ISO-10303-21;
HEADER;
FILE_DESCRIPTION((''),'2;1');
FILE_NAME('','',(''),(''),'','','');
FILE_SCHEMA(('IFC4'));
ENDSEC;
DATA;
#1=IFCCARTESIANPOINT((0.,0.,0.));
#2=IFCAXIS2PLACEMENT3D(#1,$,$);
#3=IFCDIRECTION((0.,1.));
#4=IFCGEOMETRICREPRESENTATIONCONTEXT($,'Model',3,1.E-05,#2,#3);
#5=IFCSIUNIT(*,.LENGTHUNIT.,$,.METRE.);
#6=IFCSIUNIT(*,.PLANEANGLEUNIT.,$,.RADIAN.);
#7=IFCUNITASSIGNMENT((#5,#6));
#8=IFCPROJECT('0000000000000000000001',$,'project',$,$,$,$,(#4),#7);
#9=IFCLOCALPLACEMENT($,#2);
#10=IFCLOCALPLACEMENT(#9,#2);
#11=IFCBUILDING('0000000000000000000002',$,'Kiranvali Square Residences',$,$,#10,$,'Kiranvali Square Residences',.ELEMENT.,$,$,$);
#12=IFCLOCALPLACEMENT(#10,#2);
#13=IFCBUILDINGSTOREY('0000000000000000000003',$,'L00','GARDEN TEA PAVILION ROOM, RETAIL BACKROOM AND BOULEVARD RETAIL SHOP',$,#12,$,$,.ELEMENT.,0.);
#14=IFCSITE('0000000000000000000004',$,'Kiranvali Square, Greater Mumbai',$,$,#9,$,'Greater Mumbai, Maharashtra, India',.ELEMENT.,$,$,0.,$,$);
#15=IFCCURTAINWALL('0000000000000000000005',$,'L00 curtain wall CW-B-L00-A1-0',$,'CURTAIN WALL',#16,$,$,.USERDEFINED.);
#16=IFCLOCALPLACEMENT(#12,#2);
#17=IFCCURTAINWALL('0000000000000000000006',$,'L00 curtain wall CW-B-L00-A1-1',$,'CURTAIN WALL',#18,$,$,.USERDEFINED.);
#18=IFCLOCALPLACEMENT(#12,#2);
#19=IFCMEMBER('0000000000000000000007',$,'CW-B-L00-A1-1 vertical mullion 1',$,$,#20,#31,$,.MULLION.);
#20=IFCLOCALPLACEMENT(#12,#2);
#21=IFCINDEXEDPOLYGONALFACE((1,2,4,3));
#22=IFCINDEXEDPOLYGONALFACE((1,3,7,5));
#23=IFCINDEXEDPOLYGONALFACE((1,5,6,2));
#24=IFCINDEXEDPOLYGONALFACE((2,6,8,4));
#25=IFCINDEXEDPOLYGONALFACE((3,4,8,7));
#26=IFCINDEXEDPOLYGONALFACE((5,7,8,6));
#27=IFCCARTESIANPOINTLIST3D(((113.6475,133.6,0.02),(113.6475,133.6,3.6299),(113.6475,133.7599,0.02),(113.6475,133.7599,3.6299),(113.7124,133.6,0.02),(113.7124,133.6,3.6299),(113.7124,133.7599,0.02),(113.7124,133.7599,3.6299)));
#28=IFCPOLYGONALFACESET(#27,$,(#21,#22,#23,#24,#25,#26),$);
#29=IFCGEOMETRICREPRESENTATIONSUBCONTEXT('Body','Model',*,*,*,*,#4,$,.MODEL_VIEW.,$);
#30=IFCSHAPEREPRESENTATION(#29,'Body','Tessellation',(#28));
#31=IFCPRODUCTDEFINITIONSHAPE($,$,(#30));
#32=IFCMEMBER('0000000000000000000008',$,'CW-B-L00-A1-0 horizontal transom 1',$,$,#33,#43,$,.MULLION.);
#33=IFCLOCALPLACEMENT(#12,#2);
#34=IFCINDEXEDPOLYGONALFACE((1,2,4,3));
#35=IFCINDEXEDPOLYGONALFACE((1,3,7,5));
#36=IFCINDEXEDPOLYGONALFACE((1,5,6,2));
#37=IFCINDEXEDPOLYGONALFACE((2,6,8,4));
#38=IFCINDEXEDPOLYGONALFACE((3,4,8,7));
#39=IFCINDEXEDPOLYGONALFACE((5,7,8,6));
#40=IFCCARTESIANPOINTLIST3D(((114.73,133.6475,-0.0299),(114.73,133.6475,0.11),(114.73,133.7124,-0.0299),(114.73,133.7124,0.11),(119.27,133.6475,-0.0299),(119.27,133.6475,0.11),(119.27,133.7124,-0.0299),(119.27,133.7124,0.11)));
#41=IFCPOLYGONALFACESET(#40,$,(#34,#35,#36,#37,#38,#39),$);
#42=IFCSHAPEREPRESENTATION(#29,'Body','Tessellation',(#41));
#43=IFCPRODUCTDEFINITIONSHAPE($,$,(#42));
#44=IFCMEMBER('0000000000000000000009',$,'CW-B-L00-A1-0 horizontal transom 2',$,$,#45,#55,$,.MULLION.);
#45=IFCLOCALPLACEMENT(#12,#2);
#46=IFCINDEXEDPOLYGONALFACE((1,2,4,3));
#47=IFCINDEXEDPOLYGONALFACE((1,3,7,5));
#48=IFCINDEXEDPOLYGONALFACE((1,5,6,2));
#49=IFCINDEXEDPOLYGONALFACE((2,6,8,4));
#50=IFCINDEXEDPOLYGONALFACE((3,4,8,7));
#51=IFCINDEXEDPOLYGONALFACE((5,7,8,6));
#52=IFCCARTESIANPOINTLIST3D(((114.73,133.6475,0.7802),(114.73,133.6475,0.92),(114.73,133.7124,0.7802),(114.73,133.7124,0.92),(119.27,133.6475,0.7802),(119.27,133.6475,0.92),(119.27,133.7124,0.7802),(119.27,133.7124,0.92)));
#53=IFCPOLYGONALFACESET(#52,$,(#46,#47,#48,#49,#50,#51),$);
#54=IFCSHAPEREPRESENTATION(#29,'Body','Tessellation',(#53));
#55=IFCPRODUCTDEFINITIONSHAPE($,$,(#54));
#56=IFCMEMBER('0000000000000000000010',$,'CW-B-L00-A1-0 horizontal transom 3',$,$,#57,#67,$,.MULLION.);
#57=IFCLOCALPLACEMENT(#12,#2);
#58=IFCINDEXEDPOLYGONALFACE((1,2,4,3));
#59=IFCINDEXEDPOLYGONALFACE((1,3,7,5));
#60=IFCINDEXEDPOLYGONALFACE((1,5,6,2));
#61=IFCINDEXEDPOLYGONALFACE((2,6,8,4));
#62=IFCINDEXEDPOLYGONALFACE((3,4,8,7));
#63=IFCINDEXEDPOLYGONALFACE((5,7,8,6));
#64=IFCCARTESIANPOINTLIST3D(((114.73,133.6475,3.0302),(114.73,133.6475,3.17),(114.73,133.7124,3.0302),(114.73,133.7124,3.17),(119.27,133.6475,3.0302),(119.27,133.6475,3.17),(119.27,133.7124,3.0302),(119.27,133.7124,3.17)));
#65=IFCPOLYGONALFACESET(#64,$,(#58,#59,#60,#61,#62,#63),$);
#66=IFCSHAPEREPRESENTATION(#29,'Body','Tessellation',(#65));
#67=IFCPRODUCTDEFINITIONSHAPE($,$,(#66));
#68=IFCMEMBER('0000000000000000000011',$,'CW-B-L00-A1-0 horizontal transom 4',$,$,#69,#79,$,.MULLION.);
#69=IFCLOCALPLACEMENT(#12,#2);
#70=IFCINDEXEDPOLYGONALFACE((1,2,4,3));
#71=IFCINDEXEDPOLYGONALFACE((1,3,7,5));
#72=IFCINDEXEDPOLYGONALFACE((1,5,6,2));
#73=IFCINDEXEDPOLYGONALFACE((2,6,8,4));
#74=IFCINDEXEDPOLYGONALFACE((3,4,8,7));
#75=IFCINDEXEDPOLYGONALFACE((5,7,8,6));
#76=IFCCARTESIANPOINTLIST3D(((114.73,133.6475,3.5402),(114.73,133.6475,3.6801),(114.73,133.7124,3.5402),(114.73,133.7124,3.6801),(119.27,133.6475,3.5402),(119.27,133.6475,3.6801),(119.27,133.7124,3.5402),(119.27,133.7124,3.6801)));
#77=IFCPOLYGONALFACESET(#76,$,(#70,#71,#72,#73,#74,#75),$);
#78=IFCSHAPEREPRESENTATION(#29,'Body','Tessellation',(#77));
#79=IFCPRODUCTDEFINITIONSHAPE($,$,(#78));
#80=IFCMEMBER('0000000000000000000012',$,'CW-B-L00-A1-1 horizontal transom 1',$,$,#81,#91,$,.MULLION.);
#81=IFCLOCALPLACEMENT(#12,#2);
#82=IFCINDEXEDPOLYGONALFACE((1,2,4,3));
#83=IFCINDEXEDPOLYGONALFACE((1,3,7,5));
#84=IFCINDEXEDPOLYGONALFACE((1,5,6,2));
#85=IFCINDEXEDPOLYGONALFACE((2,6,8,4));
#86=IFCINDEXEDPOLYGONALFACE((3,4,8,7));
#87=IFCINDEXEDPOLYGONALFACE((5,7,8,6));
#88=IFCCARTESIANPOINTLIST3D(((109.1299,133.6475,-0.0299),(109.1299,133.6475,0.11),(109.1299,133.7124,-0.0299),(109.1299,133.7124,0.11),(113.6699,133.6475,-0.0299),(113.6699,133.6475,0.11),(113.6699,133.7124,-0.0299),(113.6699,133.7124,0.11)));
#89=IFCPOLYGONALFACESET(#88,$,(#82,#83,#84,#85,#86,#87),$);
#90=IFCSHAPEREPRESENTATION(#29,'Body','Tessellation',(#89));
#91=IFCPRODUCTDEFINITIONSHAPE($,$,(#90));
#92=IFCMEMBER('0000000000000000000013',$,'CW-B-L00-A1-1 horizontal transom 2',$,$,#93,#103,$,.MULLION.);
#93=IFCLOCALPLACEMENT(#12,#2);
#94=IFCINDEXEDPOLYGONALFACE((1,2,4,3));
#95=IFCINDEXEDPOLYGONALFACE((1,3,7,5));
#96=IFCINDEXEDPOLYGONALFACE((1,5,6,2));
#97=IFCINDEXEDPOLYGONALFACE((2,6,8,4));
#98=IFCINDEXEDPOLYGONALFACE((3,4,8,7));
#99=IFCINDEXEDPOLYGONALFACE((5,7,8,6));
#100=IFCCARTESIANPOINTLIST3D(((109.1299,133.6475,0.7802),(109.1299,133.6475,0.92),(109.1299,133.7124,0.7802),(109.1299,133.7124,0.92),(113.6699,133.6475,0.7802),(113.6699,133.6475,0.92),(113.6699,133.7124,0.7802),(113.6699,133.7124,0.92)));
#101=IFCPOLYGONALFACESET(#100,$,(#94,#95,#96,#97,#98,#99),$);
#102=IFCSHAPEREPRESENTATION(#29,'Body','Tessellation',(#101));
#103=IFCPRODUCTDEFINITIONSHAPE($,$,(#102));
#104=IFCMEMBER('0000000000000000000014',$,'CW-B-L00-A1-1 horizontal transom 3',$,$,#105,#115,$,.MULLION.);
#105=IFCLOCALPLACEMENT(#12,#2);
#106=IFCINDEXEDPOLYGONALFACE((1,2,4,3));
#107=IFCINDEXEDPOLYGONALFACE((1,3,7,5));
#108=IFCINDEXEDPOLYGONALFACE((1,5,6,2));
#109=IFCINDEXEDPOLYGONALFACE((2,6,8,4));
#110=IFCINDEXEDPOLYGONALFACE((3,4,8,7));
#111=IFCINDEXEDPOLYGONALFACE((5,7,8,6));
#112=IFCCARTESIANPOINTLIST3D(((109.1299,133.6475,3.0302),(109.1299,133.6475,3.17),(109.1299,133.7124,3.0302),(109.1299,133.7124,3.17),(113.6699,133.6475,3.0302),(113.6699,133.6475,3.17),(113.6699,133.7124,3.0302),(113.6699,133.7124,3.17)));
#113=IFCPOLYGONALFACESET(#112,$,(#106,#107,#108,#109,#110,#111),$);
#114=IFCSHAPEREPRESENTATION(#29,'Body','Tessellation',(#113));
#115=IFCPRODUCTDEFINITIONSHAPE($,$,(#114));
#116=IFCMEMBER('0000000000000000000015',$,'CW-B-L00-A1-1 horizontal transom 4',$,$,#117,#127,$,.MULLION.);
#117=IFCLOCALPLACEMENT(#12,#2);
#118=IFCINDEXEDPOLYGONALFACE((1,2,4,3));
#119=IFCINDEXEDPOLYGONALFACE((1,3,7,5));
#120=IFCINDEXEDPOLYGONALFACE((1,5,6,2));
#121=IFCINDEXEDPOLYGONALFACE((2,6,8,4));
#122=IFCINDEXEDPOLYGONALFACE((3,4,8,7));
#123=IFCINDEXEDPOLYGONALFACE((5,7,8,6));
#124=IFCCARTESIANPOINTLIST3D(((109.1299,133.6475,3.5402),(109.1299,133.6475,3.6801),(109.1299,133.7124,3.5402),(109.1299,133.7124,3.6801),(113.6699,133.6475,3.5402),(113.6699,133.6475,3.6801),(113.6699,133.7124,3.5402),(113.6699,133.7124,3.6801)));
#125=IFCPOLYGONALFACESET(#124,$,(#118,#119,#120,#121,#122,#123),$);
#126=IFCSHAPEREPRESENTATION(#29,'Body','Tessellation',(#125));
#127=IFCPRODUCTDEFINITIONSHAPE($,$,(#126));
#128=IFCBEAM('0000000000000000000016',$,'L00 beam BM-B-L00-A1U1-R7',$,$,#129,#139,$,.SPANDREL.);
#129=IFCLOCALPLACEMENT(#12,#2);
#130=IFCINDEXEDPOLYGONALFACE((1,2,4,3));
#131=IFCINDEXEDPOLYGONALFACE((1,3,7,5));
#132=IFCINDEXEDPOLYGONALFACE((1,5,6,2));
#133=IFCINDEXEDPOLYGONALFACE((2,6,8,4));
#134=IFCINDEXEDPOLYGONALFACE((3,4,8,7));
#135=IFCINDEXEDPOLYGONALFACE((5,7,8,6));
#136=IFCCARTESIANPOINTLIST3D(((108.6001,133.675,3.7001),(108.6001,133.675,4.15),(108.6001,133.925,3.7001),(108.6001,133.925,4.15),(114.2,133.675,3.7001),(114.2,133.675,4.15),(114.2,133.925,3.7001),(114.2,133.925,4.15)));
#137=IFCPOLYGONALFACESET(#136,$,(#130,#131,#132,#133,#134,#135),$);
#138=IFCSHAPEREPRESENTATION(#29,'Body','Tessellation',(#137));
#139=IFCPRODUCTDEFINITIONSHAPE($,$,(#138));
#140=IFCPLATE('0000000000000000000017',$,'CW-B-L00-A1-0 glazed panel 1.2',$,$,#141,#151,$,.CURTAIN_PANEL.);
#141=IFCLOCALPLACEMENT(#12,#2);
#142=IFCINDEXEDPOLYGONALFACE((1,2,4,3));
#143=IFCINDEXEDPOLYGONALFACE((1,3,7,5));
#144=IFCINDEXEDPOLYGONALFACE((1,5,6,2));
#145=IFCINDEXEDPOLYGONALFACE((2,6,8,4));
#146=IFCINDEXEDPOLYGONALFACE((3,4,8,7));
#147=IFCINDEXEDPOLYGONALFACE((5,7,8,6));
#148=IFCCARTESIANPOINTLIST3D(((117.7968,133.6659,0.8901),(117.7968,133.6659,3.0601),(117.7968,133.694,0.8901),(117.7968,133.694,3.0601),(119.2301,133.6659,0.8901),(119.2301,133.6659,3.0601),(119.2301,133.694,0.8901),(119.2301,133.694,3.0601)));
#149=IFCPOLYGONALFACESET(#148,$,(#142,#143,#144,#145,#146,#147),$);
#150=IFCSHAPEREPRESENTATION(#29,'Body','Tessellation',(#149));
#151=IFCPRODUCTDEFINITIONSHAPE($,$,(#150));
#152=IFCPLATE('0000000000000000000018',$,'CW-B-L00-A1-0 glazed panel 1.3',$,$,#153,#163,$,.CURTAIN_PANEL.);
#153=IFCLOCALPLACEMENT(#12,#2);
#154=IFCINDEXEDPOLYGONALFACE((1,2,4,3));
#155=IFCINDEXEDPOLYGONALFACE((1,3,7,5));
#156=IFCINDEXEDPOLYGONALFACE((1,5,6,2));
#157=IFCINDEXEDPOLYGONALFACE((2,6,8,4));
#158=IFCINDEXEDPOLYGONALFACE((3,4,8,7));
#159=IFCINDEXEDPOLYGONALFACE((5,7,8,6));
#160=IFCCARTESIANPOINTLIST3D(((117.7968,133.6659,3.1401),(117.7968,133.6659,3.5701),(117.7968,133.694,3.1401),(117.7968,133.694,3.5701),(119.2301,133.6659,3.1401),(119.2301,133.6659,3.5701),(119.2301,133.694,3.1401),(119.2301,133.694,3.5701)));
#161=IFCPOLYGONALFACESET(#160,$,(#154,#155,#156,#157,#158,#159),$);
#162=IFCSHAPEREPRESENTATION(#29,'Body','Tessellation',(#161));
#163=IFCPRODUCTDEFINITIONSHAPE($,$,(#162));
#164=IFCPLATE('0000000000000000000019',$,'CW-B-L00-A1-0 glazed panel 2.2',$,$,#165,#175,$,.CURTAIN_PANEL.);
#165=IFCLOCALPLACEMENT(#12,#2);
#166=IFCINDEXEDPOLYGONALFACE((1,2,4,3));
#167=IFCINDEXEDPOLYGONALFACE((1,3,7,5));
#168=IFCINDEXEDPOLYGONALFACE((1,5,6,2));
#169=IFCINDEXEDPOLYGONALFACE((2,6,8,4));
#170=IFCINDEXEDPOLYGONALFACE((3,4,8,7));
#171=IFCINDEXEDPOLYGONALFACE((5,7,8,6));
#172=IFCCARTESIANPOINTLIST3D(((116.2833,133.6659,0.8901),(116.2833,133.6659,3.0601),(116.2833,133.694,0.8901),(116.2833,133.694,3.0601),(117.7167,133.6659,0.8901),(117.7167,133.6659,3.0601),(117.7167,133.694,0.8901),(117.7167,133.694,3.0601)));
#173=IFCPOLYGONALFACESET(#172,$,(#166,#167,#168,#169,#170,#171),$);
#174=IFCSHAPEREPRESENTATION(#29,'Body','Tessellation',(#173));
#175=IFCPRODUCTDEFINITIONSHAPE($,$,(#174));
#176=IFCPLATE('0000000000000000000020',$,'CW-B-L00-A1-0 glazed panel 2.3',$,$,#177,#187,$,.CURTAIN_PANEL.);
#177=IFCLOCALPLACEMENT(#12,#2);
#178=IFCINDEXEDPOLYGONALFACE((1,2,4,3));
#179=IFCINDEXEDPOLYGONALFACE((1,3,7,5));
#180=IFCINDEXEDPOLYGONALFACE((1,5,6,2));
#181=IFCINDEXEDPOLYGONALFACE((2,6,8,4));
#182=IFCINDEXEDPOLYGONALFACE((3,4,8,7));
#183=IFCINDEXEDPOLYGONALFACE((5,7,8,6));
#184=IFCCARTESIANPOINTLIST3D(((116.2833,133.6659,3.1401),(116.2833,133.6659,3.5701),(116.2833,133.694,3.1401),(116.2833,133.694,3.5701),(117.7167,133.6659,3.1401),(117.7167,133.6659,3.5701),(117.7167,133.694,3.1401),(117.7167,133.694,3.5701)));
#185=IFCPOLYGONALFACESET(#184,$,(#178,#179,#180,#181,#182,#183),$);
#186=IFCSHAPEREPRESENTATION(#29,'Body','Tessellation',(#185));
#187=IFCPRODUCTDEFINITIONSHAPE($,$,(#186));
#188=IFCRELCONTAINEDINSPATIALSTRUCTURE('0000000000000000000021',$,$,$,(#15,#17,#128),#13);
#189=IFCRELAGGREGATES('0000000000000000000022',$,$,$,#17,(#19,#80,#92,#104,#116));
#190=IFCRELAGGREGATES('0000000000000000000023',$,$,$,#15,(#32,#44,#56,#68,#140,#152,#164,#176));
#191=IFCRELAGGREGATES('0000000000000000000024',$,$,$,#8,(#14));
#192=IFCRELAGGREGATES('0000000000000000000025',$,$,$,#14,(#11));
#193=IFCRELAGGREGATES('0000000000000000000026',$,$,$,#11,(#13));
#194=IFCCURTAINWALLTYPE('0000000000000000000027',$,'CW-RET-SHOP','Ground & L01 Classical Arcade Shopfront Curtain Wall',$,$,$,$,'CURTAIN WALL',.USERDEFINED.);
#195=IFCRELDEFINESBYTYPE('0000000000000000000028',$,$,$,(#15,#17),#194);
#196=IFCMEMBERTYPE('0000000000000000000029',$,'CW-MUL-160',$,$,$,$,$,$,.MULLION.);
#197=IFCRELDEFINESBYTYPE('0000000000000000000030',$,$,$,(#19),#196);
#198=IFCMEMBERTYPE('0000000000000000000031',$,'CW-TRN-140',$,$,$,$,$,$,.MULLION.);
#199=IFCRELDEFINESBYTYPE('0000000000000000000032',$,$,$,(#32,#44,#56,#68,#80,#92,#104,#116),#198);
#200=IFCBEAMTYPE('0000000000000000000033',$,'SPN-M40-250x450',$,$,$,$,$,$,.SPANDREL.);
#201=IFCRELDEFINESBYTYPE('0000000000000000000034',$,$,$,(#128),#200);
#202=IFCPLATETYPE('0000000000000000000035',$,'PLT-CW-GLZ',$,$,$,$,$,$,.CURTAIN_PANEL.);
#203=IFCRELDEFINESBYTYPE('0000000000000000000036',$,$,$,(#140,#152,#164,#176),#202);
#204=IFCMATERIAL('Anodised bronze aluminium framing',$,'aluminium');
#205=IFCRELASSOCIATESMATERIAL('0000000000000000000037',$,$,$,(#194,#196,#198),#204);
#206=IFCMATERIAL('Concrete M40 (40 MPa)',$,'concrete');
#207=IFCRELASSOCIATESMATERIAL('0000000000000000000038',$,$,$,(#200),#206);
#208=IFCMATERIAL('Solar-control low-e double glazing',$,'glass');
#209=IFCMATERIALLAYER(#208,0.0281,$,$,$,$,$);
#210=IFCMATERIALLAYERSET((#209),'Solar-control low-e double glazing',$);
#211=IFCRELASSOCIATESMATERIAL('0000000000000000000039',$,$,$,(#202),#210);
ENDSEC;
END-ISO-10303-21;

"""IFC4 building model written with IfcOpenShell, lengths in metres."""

from ifc_helpers import new_model, si_unit, direction, frame, origin, origin_2d, place, context, subcontext, project, spatial, rectangle, extrude, material, layer, layer_set, material_profile, profile_set, type_object, element, aggregate, save


model = new_model("IFC4")

# Units and contexts
model_context = context("Model", 3, precision=1e-05, world=origin(), true_north=direction((0.0, 1.0)))
body_context = subcontext(model_context, "Body", "Model", "MODEL_VIEW")
ifc_project = project(units=[si_unit("LENGTHUNIT", "METRE"), si_unit("PLANEANGLEUNIT", "RADIAN")], contexts=[model_context])

# Site, building, storey
site_placement = place(None, origin())
site = spatial("IfcSite", under=ifc_project, at=site_placement, Name="Kiranvali Square, Greater Mumbai", LongName="Greater Mumbai, Maharashtra, India", CompositionType="ELEMENT", RefElevation=0.0)
building_placement = place(site_placement, origin())
building = spatial("IfcBuilding", under=site, at=building_placement, Name="Kiranvali Square Residences", LongName="Kiranvali Square Residences", CompositionType="ELEMENT")
storey_placement = place(building_placement, origin())
storey = spatial("IfcBuildingStorey", under=building, at=storey_placement, Name="L00", Description="GARDEN TEA PAVILION ROOM, RETAIL BACKROOM AND BOULEVARD RETAIL SHOP", CompositionType="ELEMENT", Elevation=0.0)

# Curtain wall
ifc_material_1 = material(Name="Anodised bronze aluminium framing", Category="aluminium")
curtain_wall_type = type_object("IfcCurtainWallType", Name="CW-RET-SHOP", Description="Ground & L01 Classical Arcade Shopfront Curtain Wall", ElementType="CURTAIN WALL", PredefinedType="USERDEFINED", material=ifc_material_1)
curtain_wall_1_placement = place(storey_placement, origin())
curtain_wall_1 = element("IfcCurtainWall", 1, at=curtain_wall_1_placement, inside=storey, type_object=curtain_wall_type, Name="L00 curtain wall CW-B-L00-A1-0", ObjectType="CURTAIN WALL", PredefinedType="USERDEFINED")
ifc_material_profile_1 = material_profile(ifc_material_1, rectangle(XDim=0.0649, YDim=0.1599, at=origin_2d()), Name="ALU 65x160")
ifc_profile_set_1 = profile_set([ifc_material_profile_1], Name="Anodised bronze aluminium framing")
member_type_1 = type_object("IfcMemberType", Name="CW-MUL-160", PredefinedType="MULLION", material=ifc_profile_set_1)

# Curtain wall, member
curtain_wall_2_placement = place(storey_placement, origin())
curtain_wall_2 = element("IfcCurtainWall", 2, at=curtain_wall_2_placement, inside=storey, type_object=curtain_wall_type, Name="L00 curtain wall CW-B-L00-A1-1", ObjectType="CURTAIN WALL", PredefinedType="USERDEFINED")
member_1_placement = place(storey_placement, frame((113.6799, 133.6799, 0.02), z_axis=(0.0, 0.0, 1.0), x_axis=(-1.0, 0.0, 0.0)))
member_1 = element("IfcMember", 3, at=member_1_placement, type_object=member_type_1, Name="CW-B-L00-A1-1 vertical mullion 1", PredefinedType="MULLION", context=body_context, shape_type="SweptSolid", body=[
    extrude(rectangle(XDim=0.0649, YDim=0.1599, at=origin_2d()), origin(), (0.0, 0.0, 1.0), 3.6099),
])

# Members
ifc_material_profile_2 = material_profile(ifc_material_1, rectangle(XDim=0.0649, YDim=0.1399, at=origin_2d()), Name="ALU 65x140")
ifc_profile_set_2 = profile_set([ifc_material_profile_2], Name="Anodised bronze aluminium framing")
member_type_2 = type_object("IfcMemberType", Name="CW-TRN-140", PredefinedType="MULLION", material=ifc_profile_set_2)
member_2_placement = place(storey_placement, frame((119.27, 133.6799, 0.04), z_axis=(-1.0, 0.0, 0.0), x_axis=(0.0, -1.0, 0.0)))
member_2 = element("IfcMember", 4, at=member_2_placement, type_object=member_type_2, Name="CW-B-L00-A1-0 horizontal transom 1", PredefinedType="MULLION", context=body_context, shape_type="SweptSolid", body=[
    extrude(rectangle(XDim=0.0649, YDim=0.1399, at=origin_2d()), origin(), (0.0, 0.0, 1.0), 4.54),
])
member_3_placement = place(storey_placement, frame((119.27, 133.6799, 0.8501), z_axis=(-1.0, 0.0, 0.0), x_axis=(0.0, -1.0, 0.0)))
member_3 = element("IfcMember", 5, at=member_3_placement, type_object=member_type_2, Name="CW-B-L00-A1-0 horizontal transom 2", PredefinedType="MULLION", context=body_context, shape_type="SweptSolid", body=[
    extrude(rectangle(XDim=0.0649, YDim=0.1399, at=origin_2d()), origin(), (0.0, 0.0, 1.0), 4.54),
])
member_4_placement = place(storey_placement, frame((119.27, 133.6799, 3.1001), z_axis=(-1.0, 0.0, 0.0), x_axis=(0.0, -1.0, 0.0)))
member_4 = element("IfcMember", 6, at=member_4_placement, type_object=member_type_2, Name="CW-B-L00-A1-0 horizontal transom 3", PredefinedType="MULLION", context=body_context, shape_type="SweptSolid", body=[
    extrude(rectangle(XDim=0.0649, YDim=0.1399, at=origin_2d()), origin(), (0.0, 0.0, 1.0), 4.54),
])
member_5_placement = place(storey_placement, frame((119.27, 133.6799, 3.6101), z_axis=(-1.0, 0.0, 0.0), x_axis=(0.0, -1.0, 0.0)))
member_5 = element("IfcMember", 7, at=member_5_placement, type_object=member_type_2, Name="CW-B-L00-A1-0 horizontal transom 4", PredefinedType="MULLION", context=body_context, shape_type="SweptSolid", body=[
    extrude(rectangle(XDim=0.0649, YDim=0.1399, at=origin_2d()), origin(), (0.0, 0.0, 1.0), 4.54),
])
member_6_placement = place(storey_placement, frame((113.6699, 133.6799, 0.04), z_axis=(-1.0, 0.0, 0.0), x_axis=(0.0, -1.0, 0.0)))
member_6 = element("IfcMember", 8, at=member_6_placement, type_object=member_type_2, Name="CW-B-L00-A1-1 horizontal transom 1", PredefinedType="MULLION", context=body_context, shape_type="SweptSolid", body=[
    extrude(rectangle(XDim=0.0649, YDim=0.1399, at=origin_2d()), origin(), (0.0, 0.0, 1.0), 4.54),
])
member_7_placement = place(storey_placement, frame((113.6699, 133.6799, 0.8501), z_axis=(-1.0, 0.0, 0.0), x_axis=(0.0, -1.0, 0.0)))
member_7 = element("IfcMember", 9, at=member_7_placement, type_object=member_type_2, Name="CW-B-L00-A1-1 horizontal transom 2", PredefinedType="MULLION", context=body_context, shape_type="SweptSolid", body=[
    extrude(rectangle(XDim=0.0649, YDim=0.1399, at=origin_2d()), origin(), (0.0, 0.0, 1.0), 4.54),
])
member_8_placement = place(storey_placement, frame((113.6699, 133.6799, 3.1001), z_axis=(-1.0, 0.0, 0.0), x_axis=(0.0, -1.0, 0.0)))
member_8 = element("IfcMember", 10, at=member_8_placement, type_object=member_type_2, Name="CW-B-L00-A1-1 horizontal transom 3", PredefinedType="MULLION", context=body_context, shape_type="SweptSolid", body=[
    extrude(rectangle(XDim=0.0649, YDim=0.1399, at=origin_2d()), origin(), (0.0, 0.0, 1.0), 4.54),
])
member_9_placement = place(storey_placement, frame((113.6699, 133.6799, 3.6101), z_axis=(-1.0, 0.0, 0.0), x_axis=(0.0, -1.0, 0.0)))
member_9 = element("IfcMember", 11, at=member_9_placement, type_object=member_type_2, Name="CW-B-L00-A1-1 horizontal transom 4", PredefinedType="MULLION", context=body_context, shape_type="SweptSolid", body=[
    extrude(rectangle(XDim=0.0649, YDim=0.1399, at=origin_2d()), origin(), (0.0, 0.0, 1.0), 4.54),
])
aggregate(curtain_wall_2, [member_1, member_6, member_7, member_8, member_9])

# Beam
ifc_material_2 = material(Name="Concrete M40 (40 MPa)", Category="concrete")
ifc_material_profile_3 = material_profile(ifc_material_2, rectangle(XDim=0.25, YDim=0.45, at=origin_2d()), Name="RC 250x450")
ifc_profile_set_3 = profile_set([ifc_material_profile_3], Name="Concrete M40 (40 MPa)")
beam_type_1 = type_object("IfcBeamType", Name="SPN-M40-250x450", PredefinedType="SPANDREL", material=ifc_profile_set_3)
beam_1_placement = place(storey_placement, frame((114.2, 133.8, 3.925), z_axis=(-1.0, 0.0, 0.0), x_axis=(0.0, -1.0, 0.0)))
element("IfcBeam", 12, at=beam_1_placement, inside=storey, type_object=beam_type_1, Name="L00 beam BM-B-L00-A1U1-R7", PredefinedType="SPANDREL", context=body_context, shape_type="SweptSolid", body=[
    extrude(rectangle(XDim=0.25, YDim=0.45, at=origin_2d()), origin(), (0.0, 0.0, 1.0), 5.5999),
])

# Plates
ifc_material_3 = material(Name="Solar-control low-e double glazing", Category="glass")
ifc_layer_1 = layer(ifc_material_3, 0.0281)
ifc_layer_set_1 = layer_set([ifc_layer_1], Name="Solar-control low-e double glazing")
plate_type_1 = type_object("IfcPlateType", Name="PLT-CW-GLZ", PredefinedType="CURTAIN_PANEL", material=ifc_layer_set_1)
plate_1_placement = place(storey_placement, frame((118.5134, 133.6799, 0.8901), z_axis=(0.0, 0.0, 1.0), x_axis=(-1.0, 0.0, 0.0)))
plate_1 = element("IfcPlate", 13, at=plate_1_placement, type_object=plate_type_1, Name="CW-B-L00-A1-0 glazed panel 1.2", PredefinedType="CURTAIN_PANEL", context=body_context, shape_type="SweptSolid", body=[
    extrude(rectangle(XDim=1.4333, YDim=0.0281, at=origin_2d()), origin(), (0.0, 0.0, 1.0), 2.1699),
])
plate_2_placement = place(storey_placement, frame((118.5134, 133.6799, 3.1401), z_axis=(0.0, 0.0, 1.0), x_axis=(-1.0, 0.0, 0.0)))
plate_2 = element("IfcPlate", 14, at=plate_2_placement, type_object=plate_type_1, Name="CW-B-L00-A1-0 glazed panel 1.3", PredefinedType="CURTAIN_PANEL", context=body_context, shape_type="SweptSolid", body=[
    extrude(rectangle(XDim=1.4333, YDim=0.0281, at=origin_2d()), origin(), (0.0, 0.0, 1.0), 0.4299),
])
plate_3_placement = place(storey_placement, frame((117.0, 133.6799, 0.8901), z_axis=(0.0, 0.0, 1.0), x_axis=(-1.0, 0.0, 0.0)))
plate_3 = element("IfcPlate", 15, at=plate_3_placement, type_object=plate_type_1, Name="CW-B-L00-A1-0 glazed panel 2.2", PredefinedType="CURTAIN_PANEL", context=body_context, shape_type="SweptSolid", body=[
    extrude(rectangle(XDim=1.4333, YDim=0.0281, at=origin_2d()), origin(), (0.0, 0.0, 1.0), 2.1699),
])
plate_4_placement = place(storey_placement, frame((117.0, 133.6799, 3.1401), z_axis=(0.0, 0.0, 1.0), x_axis=(-1.0, 0.0, 0.0)))
plate_4 = element("IfcPlate", 16, at=plate_4_placement, type_object=plate_type_1, Name="CW-B-L00-A1-0 glazed panel 2.3", PredefinedType="CURTAIN_PANEL", context=body_context, shape_type="SweptSolid", body=[
    extrude(rectangle(XDim=1.4333, YDim=0.0281, at=origin_2d()), origin(), (0.0, 0.0, 1.0), 0.4299),
])
aggregate(curtain_wall_1, [member_2, member_3, member_4, member_5, plate_1, plate_2, plate_3, plate_4])

save(model, "model.ifc")
